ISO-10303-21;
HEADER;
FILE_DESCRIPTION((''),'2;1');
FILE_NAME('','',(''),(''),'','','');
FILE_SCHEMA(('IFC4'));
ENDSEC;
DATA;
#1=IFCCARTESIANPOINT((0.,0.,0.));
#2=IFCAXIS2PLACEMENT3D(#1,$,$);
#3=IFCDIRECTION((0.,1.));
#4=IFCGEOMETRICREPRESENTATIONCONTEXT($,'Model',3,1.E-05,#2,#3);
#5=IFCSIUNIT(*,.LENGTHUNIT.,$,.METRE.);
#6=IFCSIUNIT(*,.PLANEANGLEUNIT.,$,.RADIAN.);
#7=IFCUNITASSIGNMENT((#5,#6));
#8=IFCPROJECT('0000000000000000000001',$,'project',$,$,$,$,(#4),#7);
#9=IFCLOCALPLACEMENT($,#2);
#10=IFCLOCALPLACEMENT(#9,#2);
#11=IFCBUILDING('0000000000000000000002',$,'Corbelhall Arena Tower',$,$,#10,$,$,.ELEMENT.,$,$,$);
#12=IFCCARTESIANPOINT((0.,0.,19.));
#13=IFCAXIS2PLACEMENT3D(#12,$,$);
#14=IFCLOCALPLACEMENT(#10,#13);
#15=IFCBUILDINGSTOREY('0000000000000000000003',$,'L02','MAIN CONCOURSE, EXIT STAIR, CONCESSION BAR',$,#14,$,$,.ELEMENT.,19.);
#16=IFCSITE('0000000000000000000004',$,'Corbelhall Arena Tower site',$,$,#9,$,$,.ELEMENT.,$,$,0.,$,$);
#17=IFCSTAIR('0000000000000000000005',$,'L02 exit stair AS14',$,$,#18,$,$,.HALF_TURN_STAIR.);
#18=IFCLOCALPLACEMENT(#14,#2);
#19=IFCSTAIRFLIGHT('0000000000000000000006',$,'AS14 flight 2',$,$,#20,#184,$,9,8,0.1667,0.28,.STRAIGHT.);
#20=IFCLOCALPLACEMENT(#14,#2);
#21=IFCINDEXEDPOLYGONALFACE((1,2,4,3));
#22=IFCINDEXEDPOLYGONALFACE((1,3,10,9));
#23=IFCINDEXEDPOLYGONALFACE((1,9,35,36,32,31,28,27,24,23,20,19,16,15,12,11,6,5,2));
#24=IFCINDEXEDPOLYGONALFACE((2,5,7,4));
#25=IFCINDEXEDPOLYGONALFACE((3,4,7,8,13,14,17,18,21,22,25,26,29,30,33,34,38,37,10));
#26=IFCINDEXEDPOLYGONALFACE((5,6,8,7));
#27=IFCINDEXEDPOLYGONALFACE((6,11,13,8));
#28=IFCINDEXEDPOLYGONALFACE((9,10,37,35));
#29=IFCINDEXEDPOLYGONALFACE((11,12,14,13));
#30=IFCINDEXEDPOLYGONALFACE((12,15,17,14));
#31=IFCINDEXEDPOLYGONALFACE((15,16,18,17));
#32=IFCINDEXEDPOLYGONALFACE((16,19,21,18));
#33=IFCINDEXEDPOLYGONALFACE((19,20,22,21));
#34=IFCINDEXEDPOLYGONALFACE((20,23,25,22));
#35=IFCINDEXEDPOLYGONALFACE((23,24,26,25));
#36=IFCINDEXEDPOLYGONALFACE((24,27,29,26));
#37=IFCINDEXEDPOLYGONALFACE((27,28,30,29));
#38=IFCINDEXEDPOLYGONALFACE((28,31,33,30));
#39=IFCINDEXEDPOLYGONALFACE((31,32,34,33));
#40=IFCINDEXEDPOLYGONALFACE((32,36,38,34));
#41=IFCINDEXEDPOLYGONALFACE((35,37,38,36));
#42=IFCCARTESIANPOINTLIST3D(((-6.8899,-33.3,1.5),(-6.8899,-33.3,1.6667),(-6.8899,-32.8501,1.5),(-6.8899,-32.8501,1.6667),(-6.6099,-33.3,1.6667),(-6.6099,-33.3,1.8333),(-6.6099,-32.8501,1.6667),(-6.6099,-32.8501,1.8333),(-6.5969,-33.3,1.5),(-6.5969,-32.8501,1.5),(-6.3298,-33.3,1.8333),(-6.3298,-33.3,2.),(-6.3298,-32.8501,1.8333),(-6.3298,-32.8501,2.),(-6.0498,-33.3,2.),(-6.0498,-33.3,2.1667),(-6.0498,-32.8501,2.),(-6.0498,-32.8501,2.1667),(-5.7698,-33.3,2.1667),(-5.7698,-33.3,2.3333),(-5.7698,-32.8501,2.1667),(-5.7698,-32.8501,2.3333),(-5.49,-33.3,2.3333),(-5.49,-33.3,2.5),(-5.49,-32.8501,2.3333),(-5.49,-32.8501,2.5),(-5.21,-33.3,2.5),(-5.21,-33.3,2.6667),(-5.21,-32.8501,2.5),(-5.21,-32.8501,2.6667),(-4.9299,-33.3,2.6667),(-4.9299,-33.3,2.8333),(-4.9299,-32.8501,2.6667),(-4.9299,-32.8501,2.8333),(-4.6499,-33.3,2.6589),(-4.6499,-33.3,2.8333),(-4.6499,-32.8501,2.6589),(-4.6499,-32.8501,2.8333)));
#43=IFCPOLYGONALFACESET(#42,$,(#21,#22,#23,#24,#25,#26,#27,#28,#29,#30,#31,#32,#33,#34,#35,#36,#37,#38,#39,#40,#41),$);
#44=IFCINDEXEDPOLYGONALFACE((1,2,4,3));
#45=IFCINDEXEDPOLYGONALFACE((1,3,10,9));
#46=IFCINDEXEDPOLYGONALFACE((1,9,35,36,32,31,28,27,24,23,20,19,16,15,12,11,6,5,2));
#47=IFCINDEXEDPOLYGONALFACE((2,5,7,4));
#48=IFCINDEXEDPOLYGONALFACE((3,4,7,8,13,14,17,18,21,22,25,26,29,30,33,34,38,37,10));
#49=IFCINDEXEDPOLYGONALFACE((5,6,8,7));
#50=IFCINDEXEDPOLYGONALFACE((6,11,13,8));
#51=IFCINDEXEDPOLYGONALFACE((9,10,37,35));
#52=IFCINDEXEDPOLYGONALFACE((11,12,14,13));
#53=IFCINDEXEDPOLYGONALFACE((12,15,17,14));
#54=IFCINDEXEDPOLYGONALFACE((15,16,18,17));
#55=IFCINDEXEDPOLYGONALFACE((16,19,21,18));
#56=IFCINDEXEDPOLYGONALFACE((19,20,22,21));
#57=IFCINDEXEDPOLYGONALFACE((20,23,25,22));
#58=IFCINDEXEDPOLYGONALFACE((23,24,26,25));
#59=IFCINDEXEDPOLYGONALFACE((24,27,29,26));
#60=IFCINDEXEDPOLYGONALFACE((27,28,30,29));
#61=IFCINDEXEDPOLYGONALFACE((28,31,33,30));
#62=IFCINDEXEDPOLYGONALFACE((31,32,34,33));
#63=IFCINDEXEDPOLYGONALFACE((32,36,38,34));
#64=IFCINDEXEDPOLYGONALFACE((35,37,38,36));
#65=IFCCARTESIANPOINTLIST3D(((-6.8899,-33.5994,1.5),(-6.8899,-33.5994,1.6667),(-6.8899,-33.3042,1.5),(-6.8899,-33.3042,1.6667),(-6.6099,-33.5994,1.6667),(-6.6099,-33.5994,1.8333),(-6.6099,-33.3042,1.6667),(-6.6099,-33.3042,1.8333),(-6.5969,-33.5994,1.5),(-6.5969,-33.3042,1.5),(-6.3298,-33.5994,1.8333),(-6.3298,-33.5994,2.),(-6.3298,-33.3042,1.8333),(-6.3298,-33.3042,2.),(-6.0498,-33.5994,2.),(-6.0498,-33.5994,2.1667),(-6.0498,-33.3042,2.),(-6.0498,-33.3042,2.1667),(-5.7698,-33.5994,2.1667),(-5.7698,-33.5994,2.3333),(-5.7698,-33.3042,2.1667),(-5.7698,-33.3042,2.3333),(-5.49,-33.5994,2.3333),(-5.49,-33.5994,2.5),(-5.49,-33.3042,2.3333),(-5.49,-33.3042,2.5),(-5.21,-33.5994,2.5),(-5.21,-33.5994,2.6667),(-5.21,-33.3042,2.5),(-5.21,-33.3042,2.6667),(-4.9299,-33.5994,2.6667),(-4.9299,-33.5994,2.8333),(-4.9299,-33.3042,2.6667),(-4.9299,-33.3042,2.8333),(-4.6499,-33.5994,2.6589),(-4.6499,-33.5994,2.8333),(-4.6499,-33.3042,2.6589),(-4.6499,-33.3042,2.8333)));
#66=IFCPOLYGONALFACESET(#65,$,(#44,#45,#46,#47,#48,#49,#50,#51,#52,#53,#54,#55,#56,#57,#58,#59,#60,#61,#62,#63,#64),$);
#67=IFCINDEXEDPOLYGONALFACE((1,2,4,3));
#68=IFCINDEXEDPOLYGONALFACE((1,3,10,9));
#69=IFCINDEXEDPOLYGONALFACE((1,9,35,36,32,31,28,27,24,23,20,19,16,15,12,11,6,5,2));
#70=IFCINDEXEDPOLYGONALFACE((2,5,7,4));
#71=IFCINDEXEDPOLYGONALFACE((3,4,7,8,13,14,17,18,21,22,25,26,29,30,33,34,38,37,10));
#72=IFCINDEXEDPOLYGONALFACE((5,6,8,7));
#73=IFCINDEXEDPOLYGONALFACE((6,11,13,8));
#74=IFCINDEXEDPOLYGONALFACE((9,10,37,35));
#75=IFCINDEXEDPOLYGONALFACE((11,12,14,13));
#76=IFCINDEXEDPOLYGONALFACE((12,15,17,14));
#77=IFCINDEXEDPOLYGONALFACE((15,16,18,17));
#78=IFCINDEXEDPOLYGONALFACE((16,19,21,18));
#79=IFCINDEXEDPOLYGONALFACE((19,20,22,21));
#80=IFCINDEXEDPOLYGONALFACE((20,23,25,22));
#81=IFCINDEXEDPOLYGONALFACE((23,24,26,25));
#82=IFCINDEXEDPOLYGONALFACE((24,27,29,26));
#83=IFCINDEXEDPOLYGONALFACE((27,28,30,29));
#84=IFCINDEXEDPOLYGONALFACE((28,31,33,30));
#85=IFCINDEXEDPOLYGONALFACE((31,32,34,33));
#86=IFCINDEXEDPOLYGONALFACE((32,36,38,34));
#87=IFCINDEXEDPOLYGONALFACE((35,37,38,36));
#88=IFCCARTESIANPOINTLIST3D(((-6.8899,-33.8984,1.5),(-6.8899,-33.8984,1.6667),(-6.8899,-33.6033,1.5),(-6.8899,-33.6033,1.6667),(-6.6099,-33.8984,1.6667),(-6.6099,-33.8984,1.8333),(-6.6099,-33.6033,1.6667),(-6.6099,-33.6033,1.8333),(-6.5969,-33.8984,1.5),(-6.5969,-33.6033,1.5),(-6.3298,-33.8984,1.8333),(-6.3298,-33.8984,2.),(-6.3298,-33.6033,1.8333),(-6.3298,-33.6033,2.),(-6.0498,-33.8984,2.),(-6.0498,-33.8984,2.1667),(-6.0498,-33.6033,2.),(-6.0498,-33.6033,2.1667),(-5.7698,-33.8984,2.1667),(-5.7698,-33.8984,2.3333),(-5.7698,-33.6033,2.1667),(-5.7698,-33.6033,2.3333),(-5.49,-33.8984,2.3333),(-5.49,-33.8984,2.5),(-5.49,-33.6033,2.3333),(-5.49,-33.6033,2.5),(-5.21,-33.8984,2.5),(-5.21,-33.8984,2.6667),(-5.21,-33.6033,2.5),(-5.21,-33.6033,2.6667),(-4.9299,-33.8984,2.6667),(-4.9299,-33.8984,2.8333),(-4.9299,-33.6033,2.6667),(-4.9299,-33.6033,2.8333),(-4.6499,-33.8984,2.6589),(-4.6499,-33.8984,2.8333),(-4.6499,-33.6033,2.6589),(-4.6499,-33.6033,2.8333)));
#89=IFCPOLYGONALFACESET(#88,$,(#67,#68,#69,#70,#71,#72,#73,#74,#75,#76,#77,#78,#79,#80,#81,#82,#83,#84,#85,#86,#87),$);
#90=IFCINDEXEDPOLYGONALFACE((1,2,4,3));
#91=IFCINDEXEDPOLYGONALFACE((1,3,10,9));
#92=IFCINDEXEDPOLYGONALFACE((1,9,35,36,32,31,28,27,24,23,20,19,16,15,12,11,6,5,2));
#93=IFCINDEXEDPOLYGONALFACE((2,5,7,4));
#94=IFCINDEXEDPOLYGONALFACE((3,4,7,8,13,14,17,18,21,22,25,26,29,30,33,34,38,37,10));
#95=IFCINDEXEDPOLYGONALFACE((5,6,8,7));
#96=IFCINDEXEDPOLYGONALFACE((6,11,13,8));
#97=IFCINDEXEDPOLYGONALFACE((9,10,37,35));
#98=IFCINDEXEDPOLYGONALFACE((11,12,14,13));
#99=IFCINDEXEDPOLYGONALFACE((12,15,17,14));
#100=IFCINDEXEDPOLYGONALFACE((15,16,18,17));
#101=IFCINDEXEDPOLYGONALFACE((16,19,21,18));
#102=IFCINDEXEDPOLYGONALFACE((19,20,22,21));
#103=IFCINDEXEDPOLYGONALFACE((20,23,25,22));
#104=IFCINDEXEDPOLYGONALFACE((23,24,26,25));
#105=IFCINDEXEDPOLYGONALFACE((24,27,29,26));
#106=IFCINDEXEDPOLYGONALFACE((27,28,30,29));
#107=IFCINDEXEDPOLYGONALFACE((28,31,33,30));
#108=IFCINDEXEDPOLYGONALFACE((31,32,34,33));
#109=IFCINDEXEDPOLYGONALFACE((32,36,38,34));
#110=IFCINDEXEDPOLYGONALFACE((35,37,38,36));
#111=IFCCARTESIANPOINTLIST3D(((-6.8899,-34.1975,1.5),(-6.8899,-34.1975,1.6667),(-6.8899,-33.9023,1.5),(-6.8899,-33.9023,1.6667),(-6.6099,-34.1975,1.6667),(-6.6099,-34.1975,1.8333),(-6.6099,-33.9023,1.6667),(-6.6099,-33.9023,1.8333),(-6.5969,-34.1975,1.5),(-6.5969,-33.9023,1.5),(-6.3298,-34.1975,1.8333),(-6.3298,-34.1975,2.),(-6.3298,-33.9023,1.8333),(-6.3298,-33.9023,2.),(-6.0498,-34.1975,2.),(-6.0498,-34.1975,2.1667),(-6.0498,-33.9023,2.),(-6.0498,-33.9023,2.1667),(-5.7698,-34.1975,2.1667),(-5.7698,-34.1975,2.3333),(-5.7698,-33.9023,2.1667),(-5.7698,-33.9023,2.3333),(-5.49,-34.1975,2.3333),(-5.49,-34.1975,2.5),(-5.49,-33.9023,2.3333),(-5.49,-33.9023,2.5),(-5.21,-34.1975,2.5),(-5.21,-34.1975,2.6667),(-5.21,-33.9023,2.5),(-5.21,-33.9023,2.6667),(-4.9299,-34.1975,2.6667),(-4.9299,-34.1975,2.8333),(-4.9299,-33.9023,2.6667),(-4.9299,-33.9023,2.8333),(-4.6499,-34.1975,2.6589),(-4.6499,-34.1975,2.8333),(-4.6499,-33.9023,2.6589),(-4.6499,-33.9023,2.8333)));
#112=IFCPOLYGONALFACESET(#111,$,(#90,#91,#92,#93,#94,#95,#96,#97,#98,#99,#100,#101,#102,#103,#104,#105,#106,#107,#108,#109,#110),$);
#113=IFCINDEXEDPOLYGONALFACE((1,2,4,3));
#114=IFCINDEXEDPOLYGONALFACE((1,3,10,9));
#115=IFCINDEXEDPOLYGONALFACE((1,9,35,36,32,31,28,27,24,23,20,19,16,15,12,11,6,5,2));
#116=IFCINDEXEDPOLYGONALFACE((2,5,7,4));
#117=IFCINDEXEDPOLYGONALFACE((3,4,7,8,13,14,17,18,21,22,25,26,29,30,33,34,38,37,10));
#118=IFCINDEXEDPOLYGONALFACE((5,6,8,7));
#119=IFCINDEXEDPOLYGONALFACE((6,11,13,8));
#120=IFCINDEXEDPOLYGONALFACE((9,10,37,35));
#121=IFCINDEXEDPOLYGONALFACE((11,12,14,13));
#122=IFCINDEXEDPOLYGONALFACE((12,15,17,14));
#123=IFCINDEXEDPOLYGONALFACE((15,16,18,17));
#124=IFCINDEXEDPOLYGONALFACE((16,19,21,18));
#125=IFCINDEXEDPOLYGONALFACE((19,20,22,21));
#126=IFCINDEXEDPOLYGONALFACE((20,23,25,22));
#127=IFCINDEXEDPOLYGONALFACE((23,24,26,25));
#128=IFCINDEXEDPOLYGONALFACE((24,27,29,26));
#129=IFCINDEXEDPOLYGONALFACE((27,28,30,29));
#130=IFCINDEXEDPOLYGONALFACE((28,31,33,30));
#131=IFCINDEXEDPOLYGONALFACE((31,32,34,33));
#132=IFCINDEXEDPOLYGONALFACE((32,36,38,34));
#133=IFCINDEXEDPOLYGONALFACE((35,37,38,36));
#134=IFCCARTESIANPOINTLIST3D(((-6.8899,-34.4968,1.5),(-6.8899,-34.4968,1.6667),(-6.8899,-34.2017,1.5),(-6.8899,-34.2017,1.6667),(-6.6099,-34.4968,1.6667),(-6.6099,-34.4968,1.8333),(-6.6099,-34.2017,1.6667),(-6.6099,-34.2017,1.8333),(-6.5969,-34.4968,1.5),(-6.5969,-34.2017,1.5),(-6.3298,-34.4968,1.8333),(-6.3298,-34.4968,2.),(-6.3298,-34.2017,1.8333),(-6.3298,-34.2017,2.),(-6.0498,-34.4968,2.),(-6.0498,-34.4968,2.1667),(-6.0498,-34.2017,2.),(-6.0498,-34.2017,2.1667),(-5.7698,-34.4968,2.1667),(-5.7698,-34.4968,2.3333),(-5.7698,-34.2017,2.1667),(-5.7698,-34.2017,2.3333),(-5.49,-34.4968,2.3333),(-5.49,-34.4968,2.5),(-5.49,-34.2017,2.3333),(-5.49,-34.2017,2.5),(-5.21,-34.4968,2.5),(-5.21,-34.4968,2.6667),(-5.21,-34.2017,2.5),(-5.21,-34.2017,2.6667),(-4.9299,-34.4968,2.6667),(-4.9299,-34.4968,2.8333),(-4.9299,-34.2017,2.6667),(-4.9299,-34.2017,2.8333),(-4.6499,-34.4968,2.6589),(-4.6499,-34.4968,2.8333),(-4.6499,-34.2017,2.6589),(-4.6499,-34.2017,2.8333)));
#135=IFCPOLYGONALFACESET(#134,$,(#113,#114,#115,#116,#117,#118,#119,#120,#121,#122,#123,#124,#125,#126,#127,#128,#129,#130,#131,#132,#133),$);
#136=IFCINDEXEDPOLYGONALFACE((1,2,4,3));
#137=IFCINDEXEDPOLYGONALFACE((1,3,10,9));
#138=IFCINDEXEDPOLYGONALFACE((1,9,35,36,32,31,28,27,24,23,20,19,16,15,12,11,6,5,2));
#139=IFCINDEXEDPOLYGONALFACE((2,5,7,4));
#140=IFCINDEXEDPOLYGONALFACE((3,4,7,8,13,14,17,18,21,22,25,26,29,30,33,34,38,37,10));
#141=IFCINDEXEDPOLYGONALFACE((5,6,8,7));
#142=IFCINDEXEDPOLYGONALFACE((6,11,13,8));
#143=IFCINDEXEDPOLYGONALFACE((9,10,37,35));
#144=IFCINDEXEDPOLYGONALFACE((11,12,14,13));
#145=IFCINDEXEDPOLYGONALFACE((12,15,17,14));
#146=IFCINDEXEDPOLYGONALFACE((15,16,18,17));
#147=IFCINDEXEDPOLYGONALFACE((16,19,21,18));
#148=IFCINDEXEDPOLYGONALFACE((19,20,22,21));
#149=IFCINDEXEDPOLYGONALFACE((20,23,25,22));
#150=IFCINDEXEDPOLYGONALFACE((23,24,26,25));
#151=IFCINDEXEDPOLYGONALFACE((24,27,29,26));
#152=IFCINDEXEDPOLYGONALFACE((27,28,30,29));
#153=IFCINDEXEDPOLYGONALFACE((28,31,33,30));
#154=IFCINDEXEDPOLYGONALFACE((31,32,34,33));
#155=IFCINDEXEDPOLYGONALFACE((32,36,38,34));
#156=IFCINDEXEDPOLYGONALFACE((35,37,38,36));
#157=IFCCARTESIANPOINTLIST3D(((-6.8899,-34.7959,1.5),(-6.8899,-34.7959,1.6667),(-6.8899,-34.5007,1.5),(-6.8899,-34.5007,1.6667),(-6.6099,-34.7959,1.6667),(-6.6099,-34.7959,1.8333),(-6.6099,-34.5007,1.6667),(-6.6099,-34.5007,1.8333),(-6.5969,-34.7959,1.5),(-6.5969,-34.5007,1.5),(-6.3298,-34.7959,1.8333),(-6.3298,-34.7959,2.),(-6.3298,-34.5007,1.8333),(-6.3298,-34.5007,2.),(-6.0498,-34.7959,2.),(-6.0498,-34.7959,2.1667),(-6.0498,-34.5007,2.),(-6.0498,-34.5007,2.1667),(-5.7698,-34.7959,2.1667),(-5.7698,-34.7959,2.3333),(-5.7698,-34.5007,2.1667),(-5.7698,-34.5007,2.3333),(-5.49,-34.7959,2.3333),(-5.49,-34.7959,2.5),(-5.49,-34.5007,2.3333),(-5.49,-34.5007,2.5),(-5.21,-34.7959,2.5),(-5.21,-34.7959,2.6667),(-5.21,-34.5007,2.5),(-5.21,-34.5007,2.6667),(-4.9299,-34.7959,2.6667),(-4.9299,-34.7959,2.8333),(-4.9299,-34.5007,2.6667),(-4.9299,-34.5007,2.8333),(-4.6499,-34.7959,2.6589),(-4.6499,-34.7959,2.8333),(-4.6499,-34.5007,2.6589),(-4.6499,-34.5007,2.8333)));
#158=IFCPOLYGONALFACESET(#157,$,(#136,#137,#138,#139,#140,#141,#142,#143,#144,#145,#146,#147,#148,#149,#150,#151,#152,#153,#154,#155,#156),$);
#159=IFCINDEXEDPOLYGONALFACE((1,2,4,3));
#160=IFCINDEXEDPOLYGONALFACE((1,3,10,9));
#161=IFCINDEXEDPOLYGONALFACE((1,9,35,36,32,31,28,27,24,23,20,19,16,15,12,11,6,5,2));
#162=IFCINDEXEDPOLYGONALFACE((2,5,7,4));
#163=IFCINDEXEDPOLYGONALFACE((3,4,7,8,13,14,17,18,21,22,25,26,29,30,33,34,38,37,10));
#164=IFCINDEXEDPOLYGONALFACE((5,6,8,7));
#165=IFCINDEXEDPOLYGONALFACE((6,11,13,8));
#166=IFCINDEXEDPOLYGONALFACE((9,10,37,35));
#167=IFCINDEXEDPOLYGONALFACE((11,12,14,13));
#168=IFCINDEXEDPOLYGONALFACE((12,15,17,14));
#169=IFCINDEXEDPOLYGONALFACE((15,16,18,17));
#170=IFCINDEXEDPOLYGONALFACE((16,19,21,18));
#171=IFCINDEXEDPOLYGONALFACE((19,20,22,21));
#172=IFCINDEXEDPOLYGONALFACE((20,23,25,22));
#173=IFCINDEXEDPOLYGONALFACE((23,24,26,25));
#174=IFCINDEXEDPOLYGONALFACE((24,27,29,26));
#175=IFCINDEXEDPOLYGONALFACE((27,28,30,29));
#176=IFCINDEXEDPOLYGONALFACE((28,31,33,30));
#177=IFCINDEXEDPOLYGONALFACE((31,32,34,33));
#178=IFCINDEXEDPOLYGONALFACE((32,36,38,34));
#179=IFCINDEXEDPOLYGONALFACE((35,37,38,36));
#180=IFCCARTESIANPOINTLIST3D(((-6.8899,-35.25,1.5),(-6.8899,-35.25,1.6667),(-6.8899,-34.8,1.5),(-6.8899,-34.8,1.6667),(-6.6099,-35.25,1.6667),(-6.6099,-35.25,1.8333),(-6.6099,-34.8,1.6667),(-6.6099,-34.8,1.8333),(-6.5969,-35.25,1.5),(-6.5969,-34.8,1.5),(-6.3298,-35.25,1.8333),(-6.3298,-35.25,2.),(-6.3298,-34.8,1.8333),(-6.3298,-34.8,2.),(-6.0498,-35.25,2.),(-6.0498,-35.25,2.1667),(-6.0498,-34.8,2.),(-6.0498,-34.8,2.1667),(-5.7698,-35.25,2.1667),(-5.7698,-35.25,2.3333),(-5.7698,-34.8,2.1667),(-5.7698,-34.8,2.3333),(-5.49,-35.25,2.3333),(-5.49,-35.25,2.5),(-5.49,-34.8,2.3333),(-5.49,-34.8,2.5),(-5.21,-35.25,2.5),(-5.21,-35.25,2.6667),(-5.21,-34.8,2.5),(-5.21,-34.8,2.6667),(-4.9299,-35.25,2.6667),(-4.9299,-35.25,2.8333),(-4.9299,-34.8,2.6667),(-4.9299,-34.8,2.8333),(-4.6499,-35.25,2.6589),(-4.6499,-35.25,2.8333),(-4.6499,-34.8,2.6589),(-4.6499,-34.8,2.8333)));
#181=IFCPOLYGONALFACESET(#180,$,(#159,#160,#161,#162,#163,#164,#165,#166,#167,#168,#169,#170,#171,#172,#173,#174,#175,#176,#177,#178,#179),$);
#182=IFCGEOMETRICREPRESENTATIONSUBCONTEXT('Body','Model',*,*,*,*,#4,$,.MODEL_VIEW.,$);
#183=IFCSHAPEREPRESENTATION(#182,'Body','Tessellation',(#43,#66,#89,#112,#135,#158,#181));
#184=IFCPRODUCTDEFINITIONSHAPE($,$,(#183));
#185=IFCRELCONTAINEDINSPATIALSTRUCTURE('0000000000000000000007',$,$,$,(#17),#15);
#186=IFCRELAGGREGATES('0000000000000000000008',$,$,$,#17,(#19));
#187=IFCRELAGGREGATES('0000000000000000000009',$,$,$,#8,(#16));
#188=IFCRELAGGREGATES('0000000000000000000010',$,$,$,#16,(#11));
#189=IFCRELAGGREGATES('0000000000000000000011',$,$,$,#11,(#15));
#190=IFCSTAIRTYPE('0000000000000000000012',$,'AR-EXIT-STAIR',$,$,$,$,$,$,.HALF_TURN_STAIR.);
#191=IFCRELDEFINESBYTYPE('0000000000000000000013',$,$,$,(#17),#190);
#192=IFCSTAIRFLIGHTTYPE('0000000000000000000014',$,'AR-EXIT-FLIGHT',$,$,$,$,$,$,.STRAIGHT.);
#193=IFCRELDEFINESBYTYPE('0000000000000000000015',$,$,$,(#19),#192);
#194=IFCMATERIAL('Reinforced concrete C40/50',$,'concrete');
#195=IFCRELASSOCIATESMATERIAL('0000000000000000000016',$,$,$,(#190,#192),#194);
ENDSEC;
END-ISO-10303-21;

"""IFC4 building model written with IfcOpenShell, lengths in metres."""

from ifc_helpers import new_model, si_unit, direction, frame, origin, place, context, subcontext, project, spatial, polyline, outline, extrude, material, type_object, element, aggregate, save


model = new_model("IFC4")

# Units and contexts
model_context = context("Model", 3, precision=1e-05, world=origin(), true_north=direction((0.0, 1.0)))
body_context = subcontext(model_context, "Body", "Model", "MODEL_VIEW")
ifc_project = project(units=[si_unit("LENGTHUNIT", "METRE"), si_unit("PLANEANGLEUNIT", "RADIAN")], contexts=[model_context])

# Site, building, storey
site_placement = place(None, origin())
site = spatial("IfcSite", under=ifc_project, at=site_placement, Name="Corbelhall Arena Tower site", CompositionType="ELEMENT", RefElevation=0.0)
building_placement = place(site_placement, origin())
building = spatial("IfcBuilding", under=site, at=building_placement, Name="Corbelhall Arena Tower", CompositionType="ELEMENT")
storey_placement = place(building_placement, frame((0.0, 0.0, 19.0)))
storey = spatial("IfcBuildingStorey", under=building, at=storey_placement, Name="L02", Description="MAIN CONCOURSE, EXIT STAIR, CONCESSION BAR", CompositionType="ELEMENT", Elevation=19.0)

# Shared definitions
ifc_material_1 = material(Name="Reinforced concrete C40/50", Category="concrete")

# Stair, stair flight
stair_type = type_object("IfcStairType", Name="AR-EXIT-STAIR", PredefinedType="HALF_TURN_STAIR", material=ifc_material_1)
stair_flight_type = type_object("IfcStairFlightType", Name="AR-EXIT-FLIGHT", PredefinedType="STRAIGHT", material=ifc_material_1)
stair_1_placement = place(storey_placement, origin())
stair_1 = element("IfcStair", 1, at=stair_1_placement, inside=storey, type_object=stair_type, Name="L02 exit stair AS14", PredefinedType="HALF_TURN_STAIR")
stair_flight_1_placement = place(storey_placement, frame((-6.8899, -34.05, 1.5), z_axis=(0.0, 0.0, 1.0), x_axis=(1.0, 0.0, 0.0)))
stair_flight_1 = element("IfcStairFlight", 2, at=stair_flight_1_placement, type_object=stair_flight_type, Name="AS14 flight 2", NumberOfRisers=9, NumberOfTreads=8, PredefinedType="STRAIGHT", RiserHeight=0.1667, TreadLength=0.28, context=body_context, shape_type="SweptSolid", body=[
    extrude(outline(polyline([(0.0, 0.0), (0.0, 0.1667), (0.28, 0.1667), (0.28, 0.3333), (0.5601, 0.3333), (0.5601, 0.5), (0.8401, 0.5), (0.8401, 0.6667), (1.1201, 0.6667), (1.1201, 0.8333), (1.3999, 0.8333), (1.3999, 1.0), (1.6799, 1.0), (1.6799, 1.1667), (1.96, 1.1667), (1.96, 1.3333), (2.24, 1.3333), (2.24, 1.5), (2.24, 1.1589), (0.293, 0.0), (0.0, 0.0)])), frame((0.0, 1.2, 0.0), z_axis=(0.0, -1.0, 0.0), x_axis=(1.0, 0.0, 0.0)), (0.0, 0.0, 1.0), 0.45),
    extrude(outline(polyline([(0.0, 0.0), (0.0, 0.1667), (0.28, 0.1667), (0.28, 0.3333), (0.5601, 0.3333), (0.5601, 0.5), (0.8401, 0.5), (0.8401, 0.6667), (1.1201, 0.6667), (1.1201, 0.8333), (1.3999, 0.8333), (1.3999, 1.0), (1.6799, 1.0), (1.6799, 1.1667), (1.96, 1.1667), (1.96, 1.3333), (2.24, 1.3333), (2.24, 1.5), (2.24, 1.1589), (0.293, 0.0), (0.0, 0.0)])), frame((0.0, 0.7458, 0.0), z_axis=(0.0, -1.0, 0.0), x_axis=(1.0, 0.0, 0.0)), (0.0, 0.0, 1.0), 0.2952),
    extrude(outline(polyline([(0.0, 0.0), (0.0, 0.1667), (0.28, 0.1667), (0.28, 0.3333), (0.5601, 0.3333), (0.5601, 0.5), (0.8401, 0.5), (0.8401, 0.6667), (1.1201, 0.6667), (1.1201, 0.8333), (1.3999, 0.8333), (1.3999, 1.0), (1.6799, 1.0), (1.6799, 1.1667), (1.96, 1.1667), (1.96, 1.3333), (2.24, 1.3333), (2.24, 1.5), (2.24, 1.1589), (0.293, 0.0), (0.0, 0.0)])), frame((0.0, 0.4468, 0.0), z_axis=(0.0, -1.0, 0.0), x_axis=(1.0, 0.0, 0.0)), (0.0, 0.0, 1.0), 0.2952),
    extrude(outline(polyline([(0.0, 0.0), (0.0, 0.1667), (0.28, 0.1667), (0.28, 0.3333), (0.5601, 0.3333), (0.5601, 0.5), (0.8401, 0.5), (0.8401, 0.6667), (1.1201, 0.6667), (1.1201, 0.8333), (1.3999, 0.8333), (1.3999, 1.0), (1.6799, 1.0), (1.6799, 1.1667), (1.96, 1.1667), (1.96, 1.3333), (2.24, 1.3333), (2.24, 1.5), (2.24, 1.1589), (0.293, 0.0), (0.0, 0.0)])), frame((0.0, 0.1477, 0.0), z_axis=(0.0, -1.0, 0.0), x_axis=(1.0, 0.0, 0.0)), (0.0, 0.0, 1.0), 0.2952),
    extrude(outline(polyline([(0.0, 0.0), (0.0, 0.1667), (0.28, 0.1667), (0.28, 0.3333), (0.5601, 0.3333), (0.5601, 0.5), (0.8401, 0.5), (0.8401, 0.6667), (1.1201, 0.6667), (1.1201, 0.8333), (1.3999, 0.8333), (1.3999, 1.0), (1.6799, 1.0), (1.6799, 1.1667), (1.96, 1.1667), (1.96, 1.3333), (2.24, 1.3333), (2.24, 1.5), (2.24, 1.1589), (0.293, 0.0), (0.0, 0.0)])), frame((0.0, -0.1516, 0.0), z_axis=(0.0, -1.0, 0.0), x_axis=(1.0, 0.0, 0.0)), (0.0, 0.0, 1.0), 0.2952),
    extrude(outline(polyline([(0.0, 0.0), (0.0, 0.1667), (0.28, 0.1667), (0.28, 0.3333), (0.5601, 0.3333), (0.5601, 0.5), (0.8401, 0.5), (0.8401, 0.6667), (1.1201, 0.6667), (1.1201, 0.8333), (1.3999, 0.8333), (1.3999, 1.0), (1.6799, 1.0), (1.6799, 1.1667), (1.96, 1.1667), (1.96, 1.3333), (2.24, 1.3333), (2.24, 1.5), (2.24, 1.1589), (0.293, 0.0), (0.0, 0.0)])), frame((0.0, -0.4507, 0.0), z_axis=(0.0, -1.0, 0.0), x_axis=(1.0, 0.0, 0.0)), (0.0, 0.0, 1.0), 0.2952),
    extrude(outline(polyline([(0.0, 0.0), (0.0, 0.1667), (0.28, 0.1667), (0.28, 0.3333), (0.5601, 0.3333), (0.5601, 0.5), (0.8401, 0.5), (0.8401, 0.6667), (1.1201, 0.6667), (1.1201, 0.8333), (1.3999, 0.8333), (1.3999, 1.0), (1.6799, 1.0), (1.6799, 1.1667), (1.96, 1.1667), (1.96, 1.3333), (2.24, 1.3333), (2.24, 1.5), (2.24, 1.1589), (0.293, 0.0), (0.0, 0.0)])), frame((0.0, -0.75, 0.0), z_axis=(0.0, -1.0, 0.0), x_axis=(1.0, 0.0, 0.0)), (0.0, 0.0, 1.0), 0.45),
])
aggregate(stair_1, [stair_flight_1])

save(model, "model.ifc")
